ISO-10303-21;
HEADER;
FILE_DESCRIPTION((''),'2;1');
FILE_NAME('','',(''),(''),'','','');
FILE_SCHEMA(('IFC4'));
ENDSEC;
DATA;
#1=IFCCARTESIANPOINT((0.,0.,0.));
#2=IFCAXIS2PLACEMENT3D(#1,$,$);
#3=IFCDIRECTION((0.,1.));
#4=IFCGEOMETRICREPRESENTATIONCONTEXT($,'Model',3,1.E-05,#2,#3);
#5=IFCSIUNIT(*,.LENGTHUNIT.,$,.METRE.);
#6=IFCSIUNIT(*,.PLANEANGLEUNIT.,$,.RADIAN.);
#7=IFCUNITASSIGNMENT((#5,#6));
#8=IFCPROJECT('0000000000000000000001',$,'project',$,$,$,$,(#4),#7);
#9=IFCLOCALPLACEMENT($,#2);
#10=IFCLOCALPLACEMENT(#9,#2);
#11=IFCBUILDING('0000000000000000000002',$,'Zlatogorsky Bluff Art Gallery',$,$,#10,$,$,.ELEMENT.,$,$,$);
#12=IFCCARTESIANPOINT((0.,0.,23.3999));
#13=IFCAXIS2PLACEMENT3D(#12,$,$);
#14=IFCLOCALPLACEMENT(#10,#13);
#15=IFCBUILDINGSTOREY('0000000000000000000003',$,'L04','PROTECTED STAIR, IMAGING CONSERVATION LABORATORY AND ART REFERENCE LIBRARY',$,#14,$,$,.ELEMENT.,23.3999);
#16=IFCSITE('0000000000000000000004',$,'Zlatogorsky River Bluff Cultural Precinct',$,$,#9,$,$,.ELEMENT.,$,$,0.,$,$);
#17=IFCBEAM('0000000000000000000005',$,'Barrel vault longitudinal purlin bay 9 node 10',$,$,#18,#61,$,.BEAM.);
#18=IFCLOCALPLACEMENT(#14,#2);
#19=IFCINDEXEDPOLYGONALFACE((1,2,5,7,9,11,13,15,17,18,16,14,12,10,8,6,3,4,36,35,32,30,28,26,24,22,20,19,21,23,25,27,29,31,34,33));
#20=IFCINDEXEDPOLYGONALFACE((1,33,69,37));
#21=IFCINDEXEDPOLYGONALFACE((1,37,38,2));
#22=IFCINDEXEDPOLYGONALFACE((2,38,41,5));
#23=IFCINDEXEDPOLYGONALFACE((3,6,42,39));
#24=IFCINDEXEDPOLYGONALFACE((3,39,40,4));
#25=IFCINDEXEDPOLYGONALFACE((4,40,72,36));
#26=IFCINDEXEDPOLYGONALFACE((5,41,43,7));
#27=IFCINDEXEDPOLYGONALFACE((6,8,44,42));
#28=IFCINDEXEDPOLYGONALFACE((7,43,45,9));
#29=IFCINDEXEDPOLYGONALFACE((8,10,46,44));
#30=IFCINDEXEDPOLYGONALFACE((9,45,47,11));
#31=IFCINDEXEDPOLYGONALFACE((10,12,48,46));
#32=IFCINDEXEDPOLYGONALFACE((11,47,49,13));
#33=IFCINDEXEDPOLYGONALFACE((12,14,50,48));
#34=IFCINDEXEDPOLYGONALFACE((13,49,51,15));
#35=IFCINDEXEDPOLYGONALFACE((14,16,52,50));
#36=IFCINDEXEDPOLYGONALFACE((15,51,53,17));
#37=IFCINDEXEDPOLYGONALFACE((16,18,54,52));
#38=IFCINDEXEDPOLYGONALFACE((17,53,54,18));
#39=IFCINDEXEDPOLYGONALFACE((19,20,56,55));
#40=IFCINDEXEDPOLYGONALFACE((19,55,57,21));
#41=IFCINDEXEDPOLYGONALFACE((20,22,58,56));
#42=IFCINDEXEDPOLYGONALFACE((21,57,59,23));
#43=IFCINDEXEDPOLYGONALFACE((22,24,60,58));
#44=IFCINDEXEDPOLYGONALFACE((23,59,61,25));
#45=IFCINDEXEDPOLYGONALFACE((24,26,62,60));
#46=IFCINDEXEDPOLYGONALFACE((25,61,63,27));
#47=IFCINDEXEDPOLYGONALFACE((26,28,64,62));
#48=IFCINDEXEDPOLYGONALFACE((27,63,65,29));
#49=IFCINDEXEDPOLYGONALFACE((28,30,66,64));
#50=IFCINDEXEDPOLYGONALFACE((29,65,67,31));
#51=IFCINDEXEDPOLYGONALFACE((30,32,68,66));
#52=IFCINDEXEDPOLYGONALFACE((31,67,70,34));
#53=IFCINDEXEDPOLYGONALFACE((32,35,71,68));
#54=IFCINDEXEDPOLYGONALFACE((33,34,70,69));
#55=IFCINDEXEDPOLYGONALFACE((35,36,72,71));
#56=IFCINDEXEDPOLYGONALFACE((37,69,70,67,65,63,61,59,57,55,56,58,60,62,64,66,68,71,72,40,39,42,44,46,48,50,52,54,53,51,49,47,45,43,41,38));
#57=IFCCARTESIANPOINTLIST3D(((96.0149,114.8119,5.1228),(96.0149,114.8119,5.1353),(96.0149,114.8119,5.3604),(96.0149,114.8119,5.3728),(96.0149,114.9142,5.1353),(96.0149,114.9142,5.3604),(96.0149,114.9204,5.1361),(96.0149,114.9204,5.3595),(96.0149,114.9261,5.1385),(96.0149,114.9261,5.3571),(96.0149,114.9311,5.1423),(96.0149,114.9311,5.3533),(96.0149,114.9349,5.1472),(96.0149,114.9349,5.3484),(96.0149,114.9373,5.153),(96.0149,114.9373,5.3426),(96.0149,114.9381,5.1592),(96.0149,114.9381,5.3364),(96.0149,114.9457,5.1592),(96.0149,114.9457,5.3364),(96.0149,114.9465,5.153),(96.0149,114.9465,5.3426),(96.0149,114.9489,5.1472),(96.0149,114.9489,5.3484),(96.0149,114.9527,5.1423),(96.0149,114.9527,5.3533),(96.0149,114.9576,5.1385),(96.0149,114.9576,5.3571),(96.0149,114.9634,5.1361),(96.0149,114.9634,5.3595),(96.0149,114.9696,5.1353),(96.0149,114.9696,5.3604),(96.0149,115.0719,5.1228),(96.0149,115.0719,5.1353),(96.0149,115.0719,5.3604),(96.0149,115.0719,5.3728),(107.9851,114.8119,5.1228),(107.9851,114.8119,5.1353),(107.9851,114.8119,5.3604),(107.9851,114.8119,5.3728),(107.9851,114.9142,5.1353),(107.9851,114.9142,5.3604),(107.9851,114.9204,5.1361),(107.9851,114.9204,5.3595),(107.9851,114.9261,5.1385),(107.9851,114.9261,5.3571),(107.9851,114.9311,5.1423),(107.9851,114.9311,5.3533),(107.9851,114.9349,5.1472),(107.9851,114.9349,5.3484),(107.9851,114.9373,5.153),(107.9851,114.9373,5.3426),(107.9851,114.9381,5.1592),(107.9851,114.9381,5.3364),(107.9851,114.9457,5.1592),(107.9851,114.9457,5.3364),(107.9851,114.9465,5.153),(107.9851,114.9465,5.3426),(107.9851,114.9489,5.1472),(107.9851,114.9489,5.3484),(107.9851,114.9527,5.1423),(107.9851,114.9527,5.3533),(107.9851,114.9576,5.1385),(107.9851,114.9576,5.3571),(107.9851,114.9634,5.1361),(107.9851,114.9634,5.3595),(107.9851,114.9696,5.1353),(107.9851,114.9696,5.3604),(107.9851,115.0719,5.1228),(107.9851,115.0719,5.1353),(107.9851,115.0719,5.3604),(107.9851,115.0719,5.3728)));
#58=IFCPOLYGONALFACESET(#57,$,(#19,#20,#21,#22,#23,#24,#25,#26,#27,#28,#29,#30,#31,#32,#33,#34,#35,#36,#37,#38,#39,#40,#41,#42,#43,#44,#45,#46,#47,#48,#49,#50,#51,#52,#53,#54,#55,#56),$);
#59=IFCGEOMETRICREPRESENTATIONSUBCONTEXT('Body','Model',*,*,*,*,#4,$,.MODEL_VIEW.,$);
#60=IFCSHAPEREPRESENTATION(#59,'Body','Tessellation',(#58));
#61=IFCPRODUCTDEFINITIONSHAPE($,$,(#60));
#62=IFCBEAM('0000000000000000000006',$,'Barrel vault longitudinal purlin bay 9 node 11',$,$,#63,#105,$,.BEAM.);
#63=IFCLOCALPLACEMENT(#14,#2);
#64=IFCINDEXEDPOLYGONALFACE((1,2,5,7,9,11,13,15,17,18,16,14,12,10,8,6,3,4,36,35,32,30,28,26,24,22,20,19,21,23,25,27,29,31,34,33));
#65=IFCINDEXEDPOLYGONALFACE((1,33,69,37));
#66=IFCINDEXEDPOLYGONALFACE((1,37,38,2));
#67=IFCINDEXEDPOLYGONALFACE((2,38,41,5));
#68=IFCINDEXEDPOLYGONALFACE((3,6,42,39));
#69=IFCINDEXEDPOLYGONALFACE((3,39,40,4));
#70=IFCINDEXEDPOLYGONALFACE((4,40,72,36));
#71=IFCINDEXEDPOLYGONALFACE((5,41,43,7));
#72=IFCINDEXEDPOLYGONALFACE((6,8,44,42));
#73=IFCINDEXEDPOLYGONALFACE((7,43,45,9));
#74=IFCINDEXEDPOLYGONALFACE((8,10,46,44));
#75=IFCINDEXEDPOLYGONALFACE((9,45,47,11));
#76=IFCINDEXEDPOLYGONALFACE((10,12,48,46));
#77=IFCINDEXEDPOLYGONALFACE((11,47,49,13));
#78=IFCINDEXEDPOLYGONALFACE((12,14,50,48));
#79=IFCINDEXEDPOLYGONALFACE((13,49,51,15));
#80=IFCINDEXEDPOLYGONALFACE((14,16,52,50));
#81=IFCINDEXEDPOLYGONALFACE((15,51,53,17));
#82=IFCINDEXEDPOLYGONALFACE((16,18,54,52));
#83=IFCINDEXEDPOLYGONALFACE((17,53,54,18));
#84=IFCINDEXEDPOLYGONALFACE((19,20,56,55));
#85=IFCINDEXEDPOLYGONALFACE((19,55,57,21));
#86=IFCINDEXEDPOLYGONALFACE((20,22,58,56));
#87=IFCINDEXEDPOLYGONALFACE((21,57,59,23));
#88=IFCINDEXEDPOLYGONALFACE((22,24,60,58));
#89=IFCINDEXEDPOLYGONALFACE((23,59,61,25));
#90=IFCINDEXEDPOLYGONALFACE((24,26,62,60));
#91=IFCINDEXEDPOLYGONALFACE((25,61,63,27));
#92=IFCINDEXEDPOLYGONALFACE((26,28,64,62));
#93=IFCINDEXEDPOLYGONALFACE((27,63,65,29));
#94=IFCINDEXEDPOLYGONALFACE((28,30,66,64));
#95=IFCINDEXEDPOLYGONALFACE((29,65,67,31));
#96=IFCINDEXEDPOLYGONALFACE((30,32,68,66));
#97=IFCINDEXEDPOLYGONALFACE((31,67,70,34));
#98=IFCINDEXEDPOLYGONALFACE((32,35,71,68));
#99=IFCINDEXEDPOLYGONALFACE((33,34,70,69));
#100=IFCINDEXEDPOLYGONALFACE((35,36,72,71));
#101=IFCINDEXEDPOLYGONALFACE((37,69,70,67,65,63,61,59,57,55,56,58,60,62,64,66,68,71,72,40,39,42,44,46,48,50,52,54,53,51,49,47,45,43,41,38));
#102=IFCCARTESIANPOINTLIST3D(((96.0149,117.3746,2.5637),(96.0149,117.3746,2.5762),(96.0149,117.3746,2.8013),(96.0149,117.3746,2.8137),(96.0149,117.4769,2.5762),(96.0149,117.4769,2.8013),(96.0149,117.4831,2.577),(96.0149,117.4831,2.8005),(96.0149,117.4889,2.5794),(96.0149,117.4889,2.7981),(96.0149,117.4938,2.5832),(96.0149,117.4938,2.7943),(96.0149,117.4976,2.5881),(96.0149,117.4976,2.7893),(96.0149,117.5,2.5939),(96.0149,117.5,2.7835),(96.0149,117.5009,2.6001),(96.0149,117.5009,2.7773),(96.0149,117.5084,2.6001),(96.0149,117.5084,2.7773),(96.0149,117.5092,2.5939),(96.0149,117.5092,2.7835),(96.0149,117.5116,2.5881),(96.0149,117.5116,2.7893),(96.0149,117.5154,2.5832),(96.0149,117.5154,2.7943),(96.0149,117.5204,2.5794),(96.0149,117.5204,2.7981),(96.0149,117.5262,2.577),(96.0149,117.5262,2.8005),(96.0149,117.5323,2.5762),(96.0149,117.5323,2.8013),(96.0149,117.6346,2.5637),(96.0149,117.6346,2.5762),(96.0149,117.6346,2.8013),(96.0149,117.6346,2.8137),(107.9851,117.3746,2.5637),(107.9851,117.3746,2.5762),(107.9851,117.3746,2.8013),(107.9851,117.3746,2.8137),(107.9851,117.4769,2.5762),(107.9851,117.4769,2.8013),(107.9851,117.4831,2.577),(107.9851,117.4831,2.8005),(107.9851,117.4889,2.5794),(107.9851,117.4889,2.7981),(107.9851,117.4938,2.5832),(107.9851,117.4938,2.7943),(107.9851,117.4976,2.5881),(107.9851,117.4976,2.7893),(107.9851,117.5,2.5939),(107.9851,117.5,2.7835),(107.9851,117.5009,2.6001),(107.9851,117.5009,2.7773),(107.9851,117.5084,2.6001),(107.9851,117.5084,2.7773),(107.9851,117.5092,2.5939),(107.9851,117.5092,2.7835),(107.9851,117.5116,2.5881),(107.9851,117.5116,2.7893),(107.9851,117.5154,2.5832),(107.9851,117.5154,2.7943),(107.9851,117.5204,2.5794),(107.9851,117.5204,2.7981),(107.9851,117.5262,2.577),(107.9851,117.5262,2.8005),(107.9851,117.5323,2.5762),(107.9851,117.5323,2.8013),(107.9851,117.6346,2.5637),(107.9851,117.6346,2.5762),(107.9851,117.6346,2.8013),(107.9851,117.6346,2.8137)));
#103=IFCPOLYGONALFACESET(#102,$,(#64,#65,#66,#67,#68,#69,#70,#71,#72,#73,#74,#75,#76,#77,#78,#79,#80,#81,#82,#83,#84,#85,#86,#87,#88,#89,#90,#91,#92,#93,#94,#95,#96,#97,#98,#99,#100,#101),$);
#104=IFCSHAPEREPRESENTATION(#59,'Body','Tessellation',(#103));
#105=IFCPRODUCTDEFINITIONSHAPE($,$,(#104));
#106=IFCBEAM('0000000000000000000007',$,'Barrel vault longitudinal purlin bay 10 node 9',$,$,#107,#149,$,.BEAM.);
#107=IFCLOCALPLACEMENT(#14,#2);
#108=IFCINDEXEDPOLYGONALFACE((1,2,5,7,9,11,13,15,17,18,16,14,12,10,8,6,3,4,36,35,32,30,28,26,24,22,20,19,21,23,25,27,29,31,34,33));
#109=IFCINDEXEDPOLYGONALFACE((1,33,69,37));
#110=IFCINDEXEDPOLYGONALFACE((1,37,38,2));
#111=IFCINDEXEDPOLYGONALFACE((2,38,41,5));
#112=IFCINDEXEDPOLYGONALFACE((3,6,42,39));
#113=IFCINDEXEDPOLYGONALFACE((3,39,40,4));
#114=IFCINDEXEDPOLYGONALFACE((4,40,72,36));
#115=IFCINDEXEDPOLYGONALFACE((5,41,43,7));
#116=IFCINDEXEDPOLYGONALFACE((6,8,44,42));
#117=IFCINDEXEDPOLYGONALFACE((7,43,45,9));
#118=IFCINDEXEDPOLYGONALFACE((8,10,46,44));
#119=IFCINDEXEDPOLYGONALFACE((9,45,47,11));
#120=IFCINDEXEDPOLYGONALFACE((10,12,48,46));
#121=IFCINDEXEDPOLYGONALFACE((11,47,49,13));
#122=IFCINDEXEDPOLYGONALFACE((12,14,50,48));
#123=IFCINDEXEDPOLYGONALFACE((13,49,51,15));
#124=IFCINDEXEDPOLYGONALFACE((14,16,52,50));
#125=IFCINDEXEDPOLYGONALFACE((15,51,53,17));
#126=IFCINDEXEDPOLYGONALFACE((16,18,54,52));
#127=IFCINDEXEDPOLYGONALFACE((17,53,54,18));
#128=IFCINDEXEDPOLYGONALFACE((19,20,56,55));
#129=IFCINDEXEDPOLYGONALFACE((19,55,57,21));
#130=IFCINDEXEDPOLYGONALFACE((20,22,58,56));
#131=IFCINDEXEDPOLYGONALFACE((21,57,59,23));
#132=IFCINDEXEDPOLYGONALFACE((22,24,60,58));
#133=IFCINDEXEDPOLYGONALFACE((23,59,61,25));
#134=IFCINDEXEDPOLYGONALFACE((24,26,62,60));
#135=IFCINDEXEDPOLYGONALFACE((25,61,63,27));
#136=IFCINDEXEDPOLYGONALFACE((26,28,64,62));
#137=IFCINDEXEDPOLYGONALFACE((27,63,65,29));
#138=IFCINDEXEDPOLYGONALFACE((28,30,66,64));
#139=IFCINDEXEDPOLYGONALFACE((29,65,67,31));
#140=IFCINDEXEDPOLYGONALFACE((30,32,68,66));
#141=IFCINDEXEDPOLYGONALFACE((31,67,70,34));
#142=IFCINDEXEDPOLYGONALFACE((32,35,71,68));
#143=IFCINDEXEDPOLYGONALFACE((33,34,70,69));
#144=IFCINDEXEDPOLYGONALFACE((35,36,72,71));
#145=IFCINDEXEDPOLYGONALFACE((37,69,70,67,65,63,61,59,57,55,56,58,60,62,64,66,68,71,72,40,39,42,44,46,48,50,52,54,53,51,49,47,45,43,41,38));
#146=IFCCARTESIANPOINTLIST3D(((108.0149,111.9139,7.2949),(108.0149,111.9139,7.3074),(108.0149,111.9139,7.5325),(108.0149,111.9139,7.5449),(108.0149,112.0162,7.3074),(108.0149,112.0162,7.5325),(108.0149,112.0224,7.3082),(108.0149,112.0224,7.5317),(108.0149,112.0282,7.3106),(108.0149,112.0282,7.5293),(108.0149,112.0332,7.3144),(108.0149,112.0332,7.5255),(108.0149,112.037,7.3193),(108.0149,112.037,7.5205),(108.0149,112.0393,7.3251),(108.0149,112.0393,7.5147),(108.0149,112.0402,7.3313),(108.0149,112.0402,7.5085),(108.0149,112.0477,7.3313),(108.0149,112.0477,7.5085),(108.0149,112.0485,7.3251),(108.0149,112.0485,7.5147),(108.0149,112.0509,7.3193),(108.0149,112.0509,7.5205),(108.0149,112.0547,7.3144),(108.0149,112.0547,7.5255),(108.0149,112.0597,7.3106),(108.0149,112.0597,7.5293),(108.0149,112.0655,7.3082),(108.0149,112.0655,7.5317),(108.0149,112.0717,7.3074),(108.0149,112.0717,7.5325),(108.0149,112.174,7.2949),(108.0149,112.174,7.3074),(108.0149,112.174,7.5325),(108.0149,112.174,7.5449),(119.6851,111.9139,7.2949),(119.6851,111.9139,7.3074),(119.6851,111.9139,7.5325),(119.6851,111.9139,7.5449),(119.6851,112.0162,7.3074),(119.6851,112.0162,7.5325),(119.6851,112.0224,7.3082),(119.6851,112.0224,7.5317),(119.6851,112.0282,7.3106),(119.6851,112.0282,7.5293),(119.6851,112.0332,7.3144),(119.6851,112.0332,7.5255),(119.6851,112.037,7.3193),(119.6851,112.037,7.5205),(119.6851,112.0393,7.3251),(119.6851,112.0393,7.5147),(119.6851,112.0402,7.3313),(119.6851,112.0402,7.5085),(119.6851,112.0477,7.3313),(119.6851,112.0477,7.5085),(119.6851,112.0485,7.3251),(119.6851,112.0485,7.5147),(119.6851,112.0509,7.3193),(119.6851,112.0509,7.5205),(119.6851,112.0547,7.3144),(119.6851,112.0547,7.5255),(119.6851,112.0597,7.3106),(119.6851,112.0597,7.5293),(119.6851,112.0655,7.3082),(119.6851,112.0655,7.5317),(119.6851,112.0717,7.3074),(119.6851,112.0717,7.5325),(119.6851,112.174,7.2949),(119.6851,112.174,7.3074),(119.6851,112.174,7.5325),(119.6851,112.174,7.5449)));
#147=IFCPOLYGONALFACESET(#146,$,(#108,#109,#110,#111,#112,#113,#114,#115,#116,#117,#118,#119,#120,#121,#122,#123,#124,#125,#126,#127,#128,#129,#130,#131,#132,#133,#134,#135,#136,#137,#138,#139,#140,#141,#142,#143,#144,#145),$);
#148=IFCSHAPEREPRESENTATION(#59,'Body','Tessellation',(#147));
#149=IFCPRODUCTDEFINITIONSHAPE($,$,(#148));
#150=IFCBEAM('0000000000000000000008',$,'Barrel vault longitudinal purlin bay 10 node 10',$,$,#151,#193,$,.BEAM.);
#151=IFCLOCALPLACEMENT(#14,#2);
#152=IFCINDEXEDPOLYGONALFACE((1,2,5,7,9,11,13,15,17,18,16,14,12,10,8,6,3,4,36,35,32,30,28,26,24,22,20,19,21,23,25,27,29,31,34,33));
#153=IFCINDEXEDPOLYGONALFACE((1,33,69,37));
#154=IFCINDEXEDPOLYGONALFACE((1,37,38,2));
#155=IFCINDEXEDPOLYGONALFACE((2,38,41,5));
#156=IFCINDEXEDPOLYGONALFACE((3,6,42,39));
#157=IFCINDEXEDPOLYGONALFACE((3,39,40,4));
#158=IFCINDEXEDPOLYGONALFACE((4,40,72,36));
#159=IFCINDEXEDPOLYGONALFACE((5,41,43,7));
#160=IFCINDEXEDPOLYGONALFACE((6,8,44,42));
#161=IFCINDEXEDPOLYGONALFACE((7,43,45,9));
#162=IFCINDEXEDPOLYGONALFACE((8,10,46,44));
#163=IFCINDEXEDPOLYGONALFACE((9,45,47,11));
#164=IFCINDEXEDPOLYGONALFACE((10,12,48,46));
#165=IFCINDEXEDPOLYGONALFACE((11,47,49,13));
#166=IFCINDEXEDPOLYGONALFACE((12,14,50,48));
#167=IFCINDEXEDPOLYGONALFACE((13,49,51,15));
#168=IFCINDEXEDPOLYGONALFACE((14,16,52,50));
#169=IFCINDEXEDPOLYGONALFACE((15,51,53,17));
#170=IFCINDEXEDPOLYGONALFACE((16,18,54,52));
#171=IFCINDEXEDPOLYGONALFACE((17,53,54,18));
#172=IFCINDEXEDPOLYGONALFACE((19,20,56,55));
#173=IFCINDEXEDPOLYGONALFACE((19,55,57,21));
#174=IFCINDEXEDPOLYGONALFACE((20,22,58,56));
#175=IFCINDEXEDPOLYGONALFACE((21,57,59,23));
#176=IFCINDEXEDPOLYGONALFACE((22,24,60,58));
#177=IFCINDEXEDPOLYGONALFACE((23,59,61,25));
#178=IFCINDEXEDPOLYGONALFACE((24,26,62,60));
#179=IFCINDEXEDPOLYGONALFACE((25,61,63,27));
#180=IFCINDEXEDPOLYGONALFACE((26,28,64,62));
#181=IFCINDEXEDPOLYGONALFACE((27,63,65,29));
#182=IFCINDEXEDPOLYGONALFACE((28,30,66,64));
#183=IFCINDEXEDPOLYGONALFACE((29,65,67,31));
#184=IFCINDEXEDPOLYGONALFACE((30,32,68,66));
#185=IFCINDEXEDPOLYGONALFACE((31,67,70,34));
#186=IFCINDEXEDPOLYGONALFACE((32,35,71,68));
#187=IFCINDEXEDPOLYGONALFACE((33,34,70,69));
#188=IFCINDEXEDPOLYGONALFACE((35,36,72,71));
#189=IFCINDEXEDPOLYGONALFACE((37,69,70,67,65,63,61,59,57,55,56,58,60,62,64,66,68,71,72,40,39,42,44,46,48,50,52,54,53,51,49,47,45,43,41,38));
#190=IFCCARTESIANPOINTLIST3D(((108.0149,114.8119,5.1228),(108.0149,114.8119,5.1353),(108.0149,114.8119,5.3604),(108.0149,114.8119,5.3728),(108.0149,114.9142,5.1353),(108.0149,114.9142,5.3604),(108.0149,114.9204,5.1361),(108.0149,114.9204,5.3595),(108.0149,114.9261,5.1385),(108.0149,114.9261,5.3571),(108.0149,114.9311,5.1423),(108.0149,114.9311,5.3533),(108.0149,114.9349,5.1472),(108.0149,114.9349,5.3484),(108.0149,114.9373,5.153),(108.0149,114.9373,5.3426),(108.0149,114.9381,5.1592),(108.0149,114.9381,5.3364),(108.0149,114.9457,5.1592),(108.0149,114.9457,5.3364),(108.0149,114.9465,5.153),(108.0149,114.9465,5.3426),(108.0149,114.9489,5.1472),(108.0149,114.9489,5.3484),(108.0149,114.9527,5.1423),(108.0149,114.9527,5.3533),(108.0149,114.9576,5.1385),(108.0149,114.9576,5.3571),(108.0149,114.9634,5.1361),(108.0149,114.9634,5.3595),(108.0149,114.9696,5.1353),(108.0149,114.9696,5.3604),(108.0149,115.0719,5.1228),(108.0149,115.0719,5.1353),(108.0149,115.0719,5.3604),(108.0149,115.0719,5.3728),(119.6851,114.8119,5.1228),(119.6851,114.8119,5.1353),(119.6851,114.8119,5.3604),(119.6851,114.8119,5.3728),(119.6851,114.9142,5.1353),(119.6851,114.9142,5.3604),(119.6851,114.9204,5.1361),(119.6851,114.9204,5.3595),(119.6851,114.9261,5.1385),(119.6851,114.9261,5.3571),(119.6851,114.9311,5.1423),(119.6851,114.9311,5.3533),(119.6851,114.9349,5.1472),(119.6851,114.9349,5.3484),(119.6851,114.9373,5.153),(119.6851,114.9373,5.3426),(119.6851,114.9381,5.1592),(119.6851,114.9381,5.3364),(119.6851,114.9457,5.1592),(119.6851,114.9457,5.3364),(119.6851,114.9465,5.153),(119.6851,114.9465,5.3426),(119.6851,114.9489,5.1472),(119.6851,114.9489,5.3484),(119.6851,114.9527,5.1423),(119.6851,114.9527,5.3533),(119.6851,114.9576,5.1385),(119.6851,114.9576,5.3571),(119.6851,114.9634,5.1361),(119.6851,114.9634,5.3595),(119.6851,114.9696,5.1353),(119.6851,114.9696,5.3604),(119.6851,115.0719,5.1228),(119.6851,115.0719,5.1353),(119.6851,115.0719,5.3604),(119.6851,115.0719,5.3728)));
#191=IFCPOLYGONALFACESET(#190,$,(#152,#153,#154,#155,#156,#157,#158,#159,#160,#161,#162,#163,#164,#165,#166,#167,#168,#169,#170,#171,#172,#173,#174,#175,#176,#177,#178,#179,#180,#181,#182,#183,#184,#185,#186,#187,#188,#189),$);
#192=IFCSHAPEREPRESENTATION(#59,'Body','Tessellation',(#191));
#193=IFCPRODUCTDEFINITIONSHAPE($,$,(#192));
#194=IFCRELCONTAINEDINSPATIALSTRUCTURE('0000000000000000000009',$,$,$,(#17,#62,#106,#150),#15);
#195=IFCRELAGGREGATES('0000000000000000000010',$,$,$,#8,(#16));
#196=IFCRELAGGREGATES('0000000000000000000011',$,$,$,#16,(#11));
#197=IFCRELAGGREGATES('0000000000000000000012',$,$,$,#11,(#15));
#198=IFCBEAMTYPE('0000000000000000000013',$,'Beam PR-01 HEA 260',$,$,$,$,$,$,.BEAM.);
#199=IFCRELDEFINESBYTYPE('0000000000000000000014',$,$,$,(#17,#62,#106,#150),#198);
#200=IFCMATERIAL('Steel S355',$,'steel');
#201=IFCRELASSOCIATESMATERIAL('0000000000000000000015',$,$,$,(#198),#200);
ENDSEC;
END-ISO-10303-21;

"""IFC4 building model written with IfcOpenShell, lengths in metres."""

from ifc_helpers import new_model, si_unit, direction, frame, origin, origin_2d, place, context, subcontext, project, spatial, i_section, extrude, material, material_profile, profile_set, type_object, element, save


model = new_model("IFC4")

# Units and contexts
model_context = context("Model", 3, precision=1e-05, world=origin(), true_north=direction((0.0, 1.0)))
body_context = subcontext(model_context, "Body", "Model", "MODEL_VIEW")
ifc_project = project(units=[si_unit("LENGTHUNIT", "METRE"), si_unit("PLANEANGLEUNIT", "RADIAN")], contexts=[model_context])

# Site, building, storey
site_placement = place(None, origin())
site = spatial("IfcSite", under=ifc_project, at=site_placement, Name="Zlatogorsky River Bluff Cultural Precinct", CompositionType="ELEMENT", RefElevation=0.0)
building_placement = place(site_placement, origin())
building = spatial("IfcBuilding", under=site, at=building_placement, Name="Zlatogorsky Bluff Art Gallery", CompositionType="ELEMENT")
storey_placement = place(building_placement, frame((0.0, 0.0, 23.3999)))
storey = spatial("IfcBuildingStorey", under=building, at=storey_placement, Name="L04", Description="PROTECTED STAIR, IMAGING CONSERVATION LABORATORY AND ART REFERENCE LIBRARY", CompositionType="ELEMENT", Elevation=23.3999)

# Beams
ifc_material_1 = material(Name="Steel S355", Category="steel")
ifc_material_profile_1 = material_profile(ifc_material_1, i_section(OverallWidth=0.26, OverallDepth=0.25, WebThickness=0.0076, FlangeThickness=0.0125, FilletRadius=0.0239, at=origin_2d()), Name="HEA 260")
ifc_profile_set_1 = profile_set([ifc_material_profile_1], Name="Steel S355")
beam_type_1 = type_object("IfcBeamType", Name="Beam PR-01 HEA 260", PredefinedType="BEAM", material=ifc_profile_set_1)
for number, where, z_axis, x_axis, name in (
    (1, (96.0149, 114.9419, 5.2478), (1.0, 0.0, 0.0), (0.0, 1.0, 0.0), "Barrel vault longitudinal purlin bay 9 node 10"),
    (2, (96.0149, 117.5046, 2.6887), (1.0, 0.0, 0.0), (0.0, 1.0, 0.0), "Barrel vault longitudinal purlin bay 9 node 11"),
):
    element("IfcBeam", number, at=place(storey_placement, frame(where, z_axis=z_axis, x_axis=x_axis)), inside=storey, type_object=beam_type_1, Name=name, PredefinedType="BEAM", context=body_context, shape_type="SweptSolid", body=[
        extrude(i_section(OverallWidth=0.26, OverallDepth=0.25, WebThickness=0.0076, FlangeThickness=0.0125, FilletRadius=0.0239, at=origin_2d()), origin(), (0.0, 0.0, 1.0), 11.9702),
    ])
for number, where, z_axis, x_axis, name in (
    (3, (108.0149, 112.0439, 7.4199), (1.0, 0.0, 0.0), (0.0, 1.0, 0.0), "Barrel vault longitudinal purlin bay 10 node 9"),
    (4, (108.0149, 114.9419, 5.2478), (1.0, 0.0, 0.0), (0.0, 1.0, 0.0), "Barrel vault longitudinal purlin bay 10 node 10"),
):
    element("IfcBeam", number, at=place(storey_placement, frame(where, z_axis=z_axis, x_axis=x_axis)), inside=storey, type_object=beam_type_1, Name=name, PredefinedType="BEAM", context=body_context, shape_type="SweptSolid", body=[
        extrude(i_section(OverallWidth=0.26, OverallDepth=0.25, WebThickness=0.0076, FlangeThickness=0.0125, FilletRadius=0.0239, at=origin_2d()), origin(), (0.0, 0.0, 1.0), 11.6702),
    ])

save(model, "model.ifc")
